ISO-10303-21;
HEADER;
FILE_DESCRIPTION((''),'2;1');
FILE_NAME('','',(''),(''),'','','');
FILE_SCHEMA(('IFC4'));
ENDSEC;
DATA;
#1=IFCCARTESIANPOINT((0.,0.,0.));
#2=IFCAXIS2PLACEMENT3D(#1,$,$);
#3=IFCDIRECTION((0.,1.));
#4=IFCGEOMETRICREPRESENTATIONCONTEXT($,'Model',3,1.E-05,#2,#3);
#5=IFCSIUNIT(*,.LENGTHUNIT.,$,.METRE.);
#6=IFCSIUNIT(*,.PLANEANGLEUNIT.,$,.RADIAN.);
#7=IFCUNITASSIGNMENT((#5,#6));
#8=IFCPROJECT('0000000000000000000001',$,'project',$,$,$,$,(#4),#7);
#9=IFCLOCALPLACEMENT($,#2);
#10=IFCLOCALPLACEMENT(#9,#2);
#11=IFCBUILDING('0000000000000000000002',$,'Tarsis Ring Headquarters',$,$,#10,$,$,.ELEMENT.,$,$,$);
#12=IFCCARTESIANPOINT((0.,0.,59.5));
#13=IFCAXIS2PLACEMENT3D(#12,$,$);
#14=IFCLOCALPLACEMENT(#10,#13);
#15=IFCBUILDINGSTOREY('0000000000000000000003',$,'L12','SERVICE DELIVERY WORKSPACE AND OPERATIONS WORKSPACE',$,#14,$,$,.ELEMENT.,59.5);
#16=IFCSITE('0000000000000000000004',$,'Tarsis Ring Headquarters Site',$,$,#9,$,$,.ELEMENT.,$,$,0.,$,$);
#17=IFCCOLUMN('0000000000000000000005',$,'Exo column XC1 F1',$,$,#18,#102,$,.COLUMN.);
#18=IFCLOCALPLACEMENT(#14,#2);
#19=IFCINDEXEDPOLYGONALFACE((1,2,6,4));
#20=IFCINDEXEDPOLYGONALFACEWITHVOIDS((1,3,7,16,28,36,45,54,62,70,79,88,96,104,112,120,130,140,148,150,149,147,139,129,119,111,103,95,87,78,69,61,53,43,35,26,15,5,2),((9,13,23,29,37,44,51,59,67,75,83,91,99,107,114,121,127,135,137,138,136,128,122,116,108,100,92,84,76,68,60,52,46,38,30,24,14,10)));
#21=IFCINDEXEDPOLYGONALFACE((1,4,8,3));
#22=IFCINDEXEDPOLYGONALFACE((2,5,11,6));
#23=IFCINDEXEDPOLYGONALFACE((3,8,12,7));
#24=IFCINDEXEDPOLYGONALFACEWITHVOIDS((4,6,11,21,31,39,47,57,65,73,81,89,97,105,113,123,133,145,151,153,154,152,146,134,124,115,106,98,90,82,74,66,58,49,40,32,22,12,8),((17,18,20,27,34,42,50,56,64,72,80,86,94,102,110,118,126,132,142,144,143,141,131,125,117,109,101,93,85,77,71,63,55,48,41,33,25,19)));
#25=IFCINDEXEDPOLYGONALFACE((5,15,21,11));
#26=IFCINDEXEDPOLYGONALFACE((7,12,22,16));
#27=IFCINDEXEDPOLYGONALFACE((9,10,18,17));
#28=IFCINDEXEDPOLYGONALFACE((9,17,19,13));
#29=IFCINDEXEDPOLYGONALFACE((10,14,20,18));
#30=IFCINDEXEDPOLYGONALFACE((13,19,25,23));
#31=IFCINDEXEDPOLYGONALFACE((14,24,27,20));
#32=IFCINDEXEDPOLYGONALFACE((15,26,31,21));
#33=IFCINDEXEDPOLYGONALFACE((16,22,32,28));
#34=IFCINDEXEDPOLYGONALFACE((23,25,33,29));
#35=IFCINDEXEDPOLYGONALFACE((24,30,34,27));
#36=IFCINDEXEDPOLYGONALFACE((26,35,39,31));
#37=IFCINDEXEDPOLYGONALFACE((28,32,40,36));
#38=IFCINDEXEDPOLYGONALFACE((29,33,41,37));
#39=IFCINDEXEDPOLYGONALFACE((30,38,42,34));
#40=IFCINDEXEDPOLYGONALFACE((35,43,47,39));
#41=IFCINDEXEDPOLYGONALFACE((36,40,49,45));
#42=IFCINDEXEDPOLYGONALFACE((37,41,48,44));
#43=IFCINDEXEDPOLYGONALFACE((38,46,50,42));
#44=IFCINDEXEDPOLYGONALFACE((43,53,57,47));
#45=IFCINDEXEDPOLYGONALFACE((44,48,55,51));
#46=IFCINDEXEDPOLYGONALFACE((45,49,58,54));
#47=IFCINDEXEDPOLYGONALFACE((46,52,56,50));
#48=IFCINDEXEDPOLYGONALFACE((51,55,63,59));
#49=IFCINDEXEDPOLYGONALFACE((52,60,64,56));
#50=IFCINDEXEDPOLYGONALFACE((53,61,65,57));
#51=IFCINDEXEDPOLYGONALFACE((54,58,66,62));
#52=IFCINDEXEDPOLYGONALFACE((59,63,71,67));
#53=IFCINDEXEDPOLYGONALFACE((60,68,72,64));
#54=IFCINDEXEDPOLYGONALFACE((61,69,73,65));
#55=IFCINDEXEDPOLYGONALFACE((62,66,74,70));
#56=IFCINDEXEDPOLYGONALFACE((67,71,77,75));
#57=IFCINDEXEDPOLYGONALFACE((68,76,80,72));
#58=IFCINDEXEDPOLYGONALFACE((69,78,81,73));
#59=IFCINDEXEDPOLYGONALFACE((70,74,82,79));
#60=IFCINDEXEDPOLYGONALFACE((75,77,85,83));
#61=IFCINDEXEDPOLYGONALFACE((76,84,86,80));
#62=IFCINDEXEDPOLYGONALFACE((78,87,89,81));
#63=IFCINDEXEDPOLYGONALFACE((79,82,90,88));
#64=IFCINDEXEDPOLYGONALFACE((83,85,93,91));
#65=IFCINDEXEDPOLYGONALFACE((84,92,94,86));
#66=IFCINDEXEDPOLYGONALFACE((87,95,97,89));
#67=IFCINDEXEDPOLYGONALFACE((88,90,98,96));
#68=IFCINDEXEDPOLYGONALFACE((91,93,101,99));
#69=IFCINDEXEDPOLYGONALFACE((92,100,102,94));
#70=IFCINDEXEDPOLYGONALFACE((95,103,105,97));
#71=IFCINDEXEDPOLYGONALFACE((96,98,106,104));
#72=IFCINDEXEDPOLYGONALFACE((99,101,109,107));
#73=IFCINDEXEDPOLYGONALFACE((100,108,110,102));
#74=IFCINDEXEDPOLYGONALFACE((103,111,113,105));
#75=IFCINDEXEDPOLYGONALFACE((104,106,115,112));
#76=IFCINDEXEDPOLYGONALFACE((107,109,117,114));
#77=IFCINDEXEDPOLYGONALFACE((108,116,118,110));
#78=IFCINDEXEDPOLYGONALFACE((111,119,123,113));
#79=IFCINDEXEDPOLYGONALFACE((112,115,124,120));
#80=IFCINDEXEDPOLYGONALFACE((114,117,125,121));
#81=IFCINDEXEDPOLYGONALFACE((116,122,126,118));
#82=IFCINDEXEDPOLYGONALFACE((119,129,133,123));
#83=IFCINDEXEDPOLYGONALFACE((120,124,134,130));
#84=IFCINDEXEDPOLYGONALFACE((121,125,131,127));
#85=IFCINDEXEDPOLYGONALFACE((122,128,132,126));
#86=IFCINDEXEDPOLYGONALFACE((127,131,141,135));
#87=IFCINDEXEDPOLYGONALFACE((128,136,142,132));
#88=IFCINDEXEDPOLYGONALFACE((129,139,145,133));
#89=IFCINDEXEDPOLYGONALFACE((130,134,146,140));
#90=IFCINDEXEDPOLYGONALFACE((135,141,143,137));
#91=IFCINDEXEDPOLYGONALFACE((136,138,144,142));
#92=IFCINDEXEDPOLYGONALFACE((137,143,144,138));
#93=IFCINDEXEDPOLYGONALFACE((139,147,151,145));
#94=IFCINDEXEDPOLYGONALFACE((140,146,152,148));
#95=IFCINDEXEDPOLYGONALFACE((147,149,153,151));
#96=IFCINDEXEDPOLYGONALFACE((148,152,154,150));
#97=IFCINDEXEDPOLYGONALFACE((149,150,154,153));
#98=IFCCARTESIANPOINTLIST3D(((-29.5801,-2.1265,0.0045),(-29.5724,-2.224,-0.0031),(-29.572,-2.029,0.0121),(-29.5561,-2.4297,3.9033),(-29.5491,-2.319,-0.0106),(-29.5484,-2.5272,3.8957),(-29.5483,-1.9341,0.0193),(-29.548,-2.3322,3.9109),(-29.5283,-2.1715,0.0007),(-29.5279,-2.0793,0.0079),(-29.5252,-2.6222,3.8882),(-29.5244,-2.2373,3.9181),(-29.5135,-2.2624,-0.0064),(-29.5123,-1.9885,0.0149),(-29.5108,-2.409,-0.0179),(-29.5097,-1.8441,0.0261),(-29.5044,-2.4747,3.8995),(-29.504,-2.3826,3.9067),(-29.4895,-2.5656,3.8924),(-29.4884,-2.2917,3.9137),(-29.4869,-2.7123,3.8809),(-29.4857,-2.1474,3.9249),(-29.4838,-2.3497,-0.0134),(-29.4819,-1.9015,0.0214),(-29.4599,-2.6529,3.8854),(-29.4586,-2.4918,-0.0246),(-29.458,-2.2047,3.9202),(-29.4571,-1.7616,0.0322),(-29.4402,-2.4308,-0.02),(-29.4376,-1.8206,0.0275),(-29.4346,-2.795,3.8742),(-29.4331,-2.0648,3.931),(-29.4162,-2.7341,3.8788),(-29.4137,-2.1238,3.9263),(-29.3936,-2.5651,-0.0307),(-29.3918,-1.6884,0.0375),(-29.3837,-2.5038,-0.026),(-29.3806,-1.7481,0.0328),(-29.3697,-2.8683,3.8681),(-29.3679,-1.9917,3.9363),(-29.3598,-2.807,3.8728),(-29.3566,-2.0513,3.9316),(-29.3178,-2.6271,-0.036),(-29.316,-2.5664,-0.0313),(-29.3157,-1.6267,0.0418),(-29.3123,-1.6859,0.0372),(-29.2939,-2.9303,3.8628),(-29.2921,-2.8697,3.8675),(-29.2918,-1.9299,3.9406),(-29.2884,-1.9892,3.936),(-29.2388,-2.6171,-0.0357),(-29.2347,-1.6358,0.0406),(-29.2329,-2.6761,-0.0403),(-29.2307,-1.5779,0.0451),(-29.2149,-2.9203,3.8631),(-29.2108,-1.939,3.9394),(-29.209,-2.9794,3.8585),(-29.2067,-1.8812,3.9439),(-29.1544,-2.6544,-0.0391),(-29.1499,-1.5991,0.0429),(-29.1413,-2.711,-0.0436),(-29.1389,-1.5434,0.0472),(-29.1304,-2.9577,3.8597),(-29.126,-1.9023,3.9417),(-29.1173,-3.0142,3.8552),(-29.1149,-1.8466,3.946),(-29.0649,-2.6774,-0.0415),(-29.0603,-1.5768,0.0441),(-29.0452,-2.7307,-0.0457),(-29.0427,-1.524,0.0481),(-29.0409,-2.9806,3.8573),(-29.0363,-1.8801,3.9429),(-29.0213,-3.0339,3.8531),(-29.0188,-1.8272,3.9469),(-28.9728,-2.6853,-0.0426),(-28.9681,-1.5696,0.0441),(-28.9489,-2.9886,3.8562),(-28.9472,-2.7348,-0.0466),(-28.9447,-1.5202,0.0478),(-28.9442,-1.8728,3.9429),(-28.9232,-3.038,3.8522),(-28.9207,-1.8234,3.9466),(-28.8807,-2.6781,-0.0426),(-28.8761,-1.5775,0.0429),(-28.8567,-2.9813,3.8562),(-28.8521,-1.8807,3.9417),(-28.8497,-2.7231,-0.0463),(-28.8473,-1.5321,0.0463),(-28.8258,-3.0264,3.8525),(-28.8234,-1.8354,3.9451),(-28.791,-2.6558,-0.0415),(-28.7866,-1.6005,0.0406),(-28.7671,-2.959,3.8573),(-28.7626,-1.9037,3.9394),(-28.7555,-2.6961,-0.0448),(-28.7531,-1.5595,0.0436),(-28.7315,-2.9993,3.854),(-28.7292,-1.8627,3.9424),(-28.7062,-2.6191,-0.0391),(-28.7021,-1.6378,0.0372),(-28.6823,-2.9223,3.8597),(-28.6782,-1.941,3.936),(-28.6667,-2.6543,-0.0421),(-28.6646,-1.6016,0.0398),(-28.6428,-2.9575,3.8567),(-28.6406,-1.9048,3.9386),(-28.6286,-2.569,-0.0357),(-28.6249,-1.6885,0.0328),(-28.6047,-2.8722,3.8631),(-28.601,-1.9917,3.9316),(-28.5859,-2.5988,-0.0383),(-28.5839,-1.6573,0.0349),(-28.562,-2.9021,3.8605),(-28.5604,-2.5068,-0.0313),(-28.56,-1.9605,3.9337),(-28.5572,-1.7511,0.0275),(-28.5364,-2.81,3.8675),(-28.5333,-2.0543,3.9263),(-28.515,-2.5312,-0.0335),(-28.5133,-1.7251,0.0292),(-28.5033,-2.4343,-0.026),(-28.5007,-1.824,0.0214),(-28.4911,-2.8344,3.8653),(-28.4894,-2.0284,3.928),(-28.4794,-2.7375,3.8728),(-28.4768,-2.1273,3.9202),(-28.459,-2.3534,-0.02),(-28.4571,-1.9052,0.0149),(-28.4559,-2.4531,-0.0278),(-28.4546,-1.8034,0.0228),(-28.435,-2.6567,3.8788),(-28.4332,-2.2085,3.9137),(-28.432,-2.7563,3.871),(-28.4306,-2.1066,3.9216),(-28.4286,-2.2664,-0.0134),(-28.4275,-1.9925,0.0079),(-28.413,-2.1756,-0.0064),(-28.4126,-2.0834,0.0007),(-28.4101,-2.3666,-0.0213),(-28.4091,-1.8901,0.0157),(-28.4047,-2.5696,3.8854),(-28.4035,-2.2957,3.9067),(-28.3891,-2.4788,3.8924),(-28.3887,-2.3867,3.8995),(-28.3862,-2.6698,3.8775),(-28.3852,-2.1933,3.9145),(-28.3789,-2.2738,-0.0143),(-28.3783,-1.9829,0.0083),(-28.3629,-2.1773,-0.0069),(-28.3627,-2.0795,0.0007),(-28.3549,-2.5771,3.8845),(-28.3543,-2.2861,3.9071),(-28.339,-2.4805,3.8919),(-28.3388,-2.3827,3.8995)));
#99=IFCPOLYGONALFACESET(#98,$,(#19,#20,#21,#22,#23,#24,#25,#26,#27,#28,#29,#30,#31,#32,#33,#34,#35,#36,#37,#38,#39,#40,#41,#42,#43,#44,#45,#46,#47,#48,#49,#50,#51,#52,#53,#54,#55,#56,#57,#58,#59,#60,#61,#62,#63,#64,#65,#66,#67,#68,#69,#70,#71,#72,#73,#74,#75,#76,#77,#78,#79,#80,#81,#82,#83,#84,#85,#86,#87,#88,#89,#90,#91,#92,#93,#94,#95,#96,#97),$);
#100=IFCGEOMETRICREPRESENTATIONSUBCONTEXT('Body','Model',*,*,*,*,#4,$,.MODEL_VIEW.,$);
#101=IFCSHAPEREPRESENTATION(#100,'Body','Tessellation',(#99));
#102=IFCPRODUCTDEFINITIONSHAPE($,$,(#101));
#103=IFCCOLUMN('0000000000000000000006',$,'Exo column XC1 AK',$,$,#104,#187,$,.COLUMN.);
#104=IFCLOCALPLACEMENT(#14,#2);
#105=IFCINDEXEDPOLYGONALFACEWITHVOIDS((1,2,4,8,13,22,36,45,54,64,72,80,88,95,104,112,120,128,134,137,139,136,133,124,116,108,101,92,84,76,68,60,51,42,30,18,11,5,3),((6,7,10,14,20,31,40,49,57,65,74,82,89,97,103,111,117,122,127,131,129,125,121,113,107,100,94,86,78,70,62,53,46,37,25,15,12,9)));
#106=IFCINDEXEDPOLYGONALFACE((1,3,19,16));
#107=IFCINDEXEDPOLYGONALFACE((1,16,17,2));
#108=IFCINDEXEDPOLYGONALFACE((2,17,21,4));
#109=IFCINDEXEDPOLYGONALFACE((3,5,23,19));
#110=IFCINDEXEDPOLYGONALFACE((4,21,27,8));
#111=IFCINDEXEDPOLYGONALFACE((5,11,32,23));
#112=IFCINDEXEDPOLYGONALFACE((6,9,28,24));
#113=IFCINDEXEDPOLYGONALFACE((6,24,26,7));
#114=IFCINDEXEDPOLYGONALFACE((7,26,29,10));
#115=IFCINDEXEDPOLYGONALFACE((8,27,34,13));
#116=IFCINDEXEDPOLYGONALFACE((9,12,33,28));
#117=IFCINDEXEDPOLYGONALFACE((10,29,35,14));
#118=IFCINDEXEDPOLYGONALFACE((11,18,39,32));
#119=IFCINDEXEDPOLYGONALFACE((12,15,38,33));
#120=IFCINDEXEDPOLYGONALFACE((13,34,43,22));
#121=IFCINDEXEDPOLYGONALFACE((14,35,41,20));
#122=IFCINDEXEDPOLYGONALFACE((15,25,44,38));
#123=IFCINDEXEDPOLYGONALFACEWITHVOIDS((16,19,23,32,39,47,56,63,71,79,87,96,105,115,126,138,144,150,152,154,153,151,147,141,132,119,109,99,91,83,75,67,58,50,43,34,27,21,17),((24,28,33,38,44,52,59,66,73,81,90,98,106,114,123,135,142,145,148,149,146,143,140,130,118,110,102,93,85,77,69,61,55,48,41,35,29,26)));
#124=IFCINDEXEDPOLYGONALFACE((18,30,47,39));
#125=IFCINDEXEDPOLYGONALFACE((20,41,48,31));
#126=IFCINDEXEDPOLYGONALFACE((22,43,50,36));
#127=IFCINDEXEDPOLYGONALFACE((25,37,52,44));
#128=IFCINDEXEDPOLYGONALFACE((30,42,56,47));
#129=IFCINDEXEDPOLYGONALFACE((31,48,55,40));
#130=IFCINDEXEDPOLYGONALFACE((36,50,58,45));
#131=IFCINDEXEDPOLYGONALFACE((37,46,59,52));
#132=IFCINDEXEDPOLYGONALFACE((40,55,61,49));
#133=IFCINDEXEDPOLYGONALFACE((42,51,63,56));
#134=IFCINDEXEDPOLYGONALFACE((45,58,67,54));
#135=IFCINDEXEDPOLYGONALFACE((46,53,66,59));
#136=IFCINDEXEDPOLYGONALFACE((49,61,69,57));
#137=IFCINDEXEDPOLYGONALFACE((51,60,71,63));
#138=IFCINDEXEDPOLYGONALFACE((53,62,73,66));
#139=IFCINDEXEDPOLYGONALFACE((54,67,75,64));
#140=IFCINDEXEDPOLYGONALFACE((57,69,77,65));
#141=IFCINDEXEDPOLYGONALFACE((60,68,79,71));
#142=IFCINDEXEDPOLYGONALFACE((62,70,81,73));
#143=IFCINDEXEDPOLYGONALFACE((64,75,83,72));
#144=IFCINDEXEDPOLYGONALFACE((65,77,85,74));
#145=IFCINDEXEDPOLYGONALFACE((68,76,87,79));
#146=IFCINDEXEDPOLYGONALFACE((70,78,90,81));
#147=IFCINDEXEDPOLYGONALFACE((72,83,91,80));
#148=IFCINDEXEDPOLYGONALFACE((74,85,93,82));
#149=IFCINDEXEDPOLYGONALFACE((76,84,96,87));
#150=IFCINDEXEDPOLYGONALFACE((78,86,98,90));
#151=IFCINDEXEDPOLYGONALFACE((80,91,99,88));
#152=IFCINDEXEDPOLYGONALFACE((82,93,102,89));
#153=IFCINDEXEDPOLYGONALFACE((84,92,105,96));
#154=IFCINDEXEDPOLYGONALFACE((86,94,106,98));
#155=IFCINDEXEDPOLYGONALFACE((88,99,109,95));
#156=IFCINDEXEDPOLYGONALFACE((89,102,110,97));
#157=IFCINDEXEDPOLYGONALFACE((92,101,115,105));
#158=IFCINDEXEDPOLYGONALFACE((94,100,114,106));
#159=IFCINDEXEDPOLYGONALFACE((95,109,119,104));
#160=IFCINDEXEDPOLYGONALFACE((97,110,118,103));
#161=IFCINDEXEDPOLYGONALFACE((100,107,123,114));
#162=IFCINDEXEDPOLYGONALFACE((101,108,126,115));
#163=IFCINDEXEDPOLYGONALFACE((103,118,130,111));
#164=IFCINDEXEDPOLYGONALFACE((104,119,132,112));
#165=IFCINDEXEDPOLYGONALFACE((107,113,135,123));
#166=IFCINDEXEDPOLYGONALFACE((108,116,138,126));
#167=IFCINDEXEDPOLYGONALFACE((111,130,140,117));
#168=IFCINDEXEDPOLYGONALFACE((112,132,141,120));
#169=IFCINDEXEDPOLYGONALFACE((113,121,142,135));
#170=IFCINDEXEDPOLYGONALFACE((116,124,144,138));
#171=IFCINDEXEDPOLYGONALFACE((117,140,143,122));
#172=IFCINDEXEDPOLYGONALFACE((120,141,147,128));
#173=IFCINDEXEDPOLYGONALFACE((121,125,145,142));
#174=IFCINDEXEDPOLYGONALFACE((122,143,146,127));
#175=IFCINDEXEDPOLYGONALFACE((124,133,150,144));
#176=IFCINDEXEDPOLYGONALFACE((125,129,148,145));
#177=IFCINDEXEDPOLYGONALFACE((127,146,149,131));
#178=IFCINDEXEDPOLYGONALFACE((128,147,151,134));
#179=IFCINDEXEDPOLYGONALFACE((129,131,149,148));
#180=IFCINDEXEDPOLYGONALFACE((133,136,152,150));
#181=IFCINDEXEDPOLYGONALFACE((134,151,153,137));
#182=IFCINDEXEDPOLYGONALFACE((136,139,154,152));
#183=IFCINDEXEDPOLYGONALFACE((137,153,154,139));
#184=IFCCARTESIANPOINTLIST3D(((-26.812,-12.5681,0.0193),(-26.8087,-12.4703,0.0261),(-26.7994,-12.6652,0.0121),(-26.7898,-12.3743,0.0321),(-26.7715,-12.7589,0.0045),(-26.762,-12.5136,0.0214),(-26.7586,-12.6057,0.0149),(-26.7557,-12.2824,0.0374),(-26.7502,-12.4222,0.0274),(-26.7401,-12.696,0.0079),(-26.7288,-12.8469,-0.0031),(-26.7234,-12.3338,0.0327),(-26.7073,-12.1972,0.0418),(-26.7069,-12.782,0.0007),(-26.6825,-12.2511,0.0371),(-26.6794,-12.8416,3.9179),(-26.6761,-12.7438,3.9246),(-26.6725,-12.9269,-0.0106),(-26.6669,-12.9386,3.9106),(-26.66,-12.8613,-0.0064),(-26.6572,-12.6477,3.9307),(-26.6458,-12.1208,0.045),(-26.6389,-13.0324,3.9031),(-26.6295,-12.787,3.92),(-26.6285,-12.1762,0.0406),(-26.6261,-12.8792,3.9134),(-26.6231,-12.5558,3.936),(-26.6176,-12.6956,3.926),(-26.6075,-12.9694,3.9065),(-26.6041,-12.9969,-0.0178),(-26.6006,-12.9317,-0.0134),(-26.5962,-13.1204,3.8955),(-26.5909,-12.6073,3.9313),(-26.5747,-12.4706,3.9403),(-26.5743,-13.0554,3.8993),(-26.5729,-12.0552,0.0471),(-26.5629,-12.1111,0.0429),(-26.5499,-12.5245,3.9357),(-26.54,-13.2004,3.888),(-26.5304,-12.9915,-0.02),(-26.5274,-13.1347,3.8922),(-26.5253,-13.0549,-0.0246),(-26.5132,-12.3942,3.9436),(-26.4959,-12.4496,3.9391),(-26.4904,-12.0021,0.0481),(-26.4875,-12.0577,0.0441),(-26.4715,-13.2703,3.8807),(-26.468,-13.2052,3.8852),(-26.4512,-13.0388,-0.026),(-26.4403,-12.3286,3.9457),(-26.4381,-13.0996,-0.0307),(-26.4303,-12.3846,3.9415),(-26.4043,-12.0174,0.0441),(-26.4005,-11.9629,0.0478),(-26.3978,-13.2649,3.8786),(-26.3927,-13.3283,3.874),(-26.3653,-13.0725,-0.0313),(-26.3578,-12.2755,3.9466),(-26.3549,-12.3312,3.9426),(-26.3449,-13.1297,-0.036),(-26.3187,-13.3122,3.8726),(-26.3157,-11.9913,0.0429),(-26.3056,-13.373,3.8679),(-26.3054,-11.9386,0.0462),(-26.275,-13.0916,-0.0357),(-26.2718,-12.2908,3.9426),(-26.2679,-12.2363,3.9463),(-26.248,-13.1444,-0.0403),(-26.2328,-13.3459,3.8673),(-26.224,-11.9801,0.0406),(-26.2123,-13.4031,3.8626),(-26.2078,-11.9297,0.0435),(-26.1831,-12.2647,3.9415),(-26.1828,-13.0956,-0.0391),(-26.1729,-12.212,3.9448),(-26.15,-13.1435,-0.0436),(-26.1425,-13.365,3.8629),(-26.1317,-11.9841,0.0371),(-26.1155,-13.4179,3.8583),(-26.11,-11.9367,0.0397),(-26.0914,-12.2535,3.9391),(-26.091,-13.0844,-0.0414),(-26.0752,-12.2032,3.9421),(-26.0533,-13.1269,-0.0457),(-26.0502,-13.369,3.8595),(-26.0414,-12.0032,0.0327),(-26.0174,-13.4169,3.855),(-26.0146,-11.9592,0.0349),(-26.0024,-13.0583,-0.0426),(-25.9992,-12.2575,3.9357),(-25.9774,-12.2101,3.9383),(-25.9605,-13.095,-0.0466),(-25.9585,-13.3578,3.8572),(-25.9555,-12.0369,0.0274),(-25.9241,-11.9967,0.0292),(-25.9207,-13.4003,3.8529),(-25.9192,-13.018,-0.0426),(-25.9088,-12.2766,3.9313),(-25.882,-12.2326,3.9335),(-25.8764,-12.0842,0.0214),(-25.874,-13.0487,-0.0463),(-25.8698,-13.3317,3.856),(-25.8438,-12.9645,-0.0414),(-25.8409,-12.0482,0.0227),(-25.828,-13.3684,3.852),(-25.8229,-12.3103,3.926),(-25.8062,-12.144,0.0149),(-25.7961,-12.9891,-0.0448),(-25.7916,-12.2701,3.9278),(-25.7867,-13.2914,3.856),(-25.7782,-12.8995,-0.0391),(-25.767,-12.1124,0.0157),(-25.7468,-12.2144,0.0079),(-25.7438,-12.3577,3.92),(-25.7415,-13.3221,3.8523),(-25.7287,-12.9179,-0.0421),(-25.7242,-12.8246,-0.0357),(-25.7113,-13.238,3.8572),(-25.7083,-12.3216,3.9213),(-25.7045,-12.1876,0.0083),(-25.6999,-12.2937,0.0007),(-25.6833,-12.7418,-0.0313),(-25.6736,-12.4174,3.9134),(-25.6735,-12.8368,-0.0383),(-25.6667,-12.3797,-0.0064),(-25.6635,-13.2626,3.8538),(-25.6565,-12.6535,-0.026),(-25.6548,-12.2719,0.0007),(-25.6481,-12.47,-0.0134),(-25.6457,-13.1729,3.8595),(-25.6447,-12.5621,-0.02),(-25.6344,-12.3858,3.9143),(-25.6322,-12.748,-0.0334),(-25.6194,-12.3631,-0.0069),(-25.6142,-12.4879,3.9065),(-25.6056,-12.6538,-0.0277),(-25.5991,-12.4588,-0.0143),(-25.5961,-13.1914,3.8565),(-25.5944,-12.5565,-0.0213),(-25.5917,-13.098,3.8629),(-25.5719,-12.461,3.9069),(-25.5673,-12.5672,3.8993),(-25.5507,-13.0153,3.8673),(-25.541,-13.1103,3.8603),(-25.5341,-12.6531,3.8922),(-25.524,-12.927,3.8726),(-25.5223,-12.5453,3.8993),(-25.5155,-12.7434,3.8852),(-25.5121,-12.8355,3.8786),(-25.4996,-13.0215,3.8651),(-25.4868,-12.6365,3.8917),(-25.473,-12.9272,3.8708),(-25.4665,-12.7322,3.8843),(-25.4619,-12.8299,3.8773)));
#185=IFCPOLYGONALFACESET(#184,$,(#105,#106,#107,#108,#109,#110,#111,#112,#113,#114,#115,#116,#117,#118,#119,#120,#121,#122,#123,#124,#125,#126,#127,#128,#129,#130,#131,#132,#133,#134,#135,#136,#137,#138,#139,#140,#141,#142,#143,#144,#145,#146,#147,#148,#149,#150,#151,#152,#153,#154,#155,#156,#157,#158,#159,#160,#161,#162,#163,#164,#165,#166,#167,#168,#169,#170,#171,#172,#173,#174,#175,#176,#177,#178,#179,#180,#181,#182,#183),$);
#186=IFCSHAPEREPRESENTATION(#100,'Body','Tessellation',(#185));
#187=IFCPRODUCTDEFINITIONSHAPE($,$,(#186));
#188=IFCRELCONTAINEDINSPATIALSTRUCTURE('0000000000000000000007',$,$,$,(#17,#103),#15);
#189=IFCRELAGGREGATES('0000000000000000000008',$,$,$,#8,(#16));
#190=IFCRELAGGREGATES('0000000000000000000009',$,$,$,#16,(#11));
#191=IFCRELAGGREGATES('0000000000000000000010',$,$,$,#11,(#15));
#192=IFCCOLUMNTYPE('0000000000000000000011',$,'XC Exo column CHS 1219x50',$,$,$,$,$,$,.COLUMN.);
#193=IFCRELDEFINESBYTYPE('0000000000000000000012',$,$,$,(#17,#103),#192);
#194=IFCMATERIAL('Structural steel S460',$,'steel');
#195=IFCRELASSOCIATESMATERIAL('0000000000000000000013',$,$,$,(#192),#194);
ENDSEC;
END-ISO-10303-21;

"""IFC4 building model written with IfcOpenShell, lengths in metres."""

from ifc_helpers import new_model, si_unit, direction, frame, origin, origin_2d, place, context, subcontext, project, spatial, hollow_circle, extrude, material, material_profile, profile_set, type_object, element, save


model = new_model("IFC4")

# Units and contexts
model_context = context("Model", 3, precision=1e-05, world=origin(), true_north=direction((0.0, 1.0)))
body_context = subcontext(model_context, "Body", "Model", "MODEL_VIEW")
ifc_project = project(units=[si_unit("LENGTHUNIT", "METRE"), si_unit("PLANEANGLEUNIT", "RADIAN")], contexts=[model_context])

# Site, building, storey
site_placement = place(None, origin())
site = spatial("IfcSite", under=ifc_project, at=site_placement, Name="Tarsis Ring Headquarters Site", CompositionType="ELEMENT", RefElevation=0.0)
building_placement = place(site_placement, origin())
building = spatial("IfcBuilding", under=site, at=building_placement, Name="Tarsis Ring Headquarters", CompositionType="ELEMENT")
storey_placement = place(building_placement, frame((0.0, 0.0, 59.5)))
storey = spatial("IfcBuildingStorey", under=building, at=storey_placement, Name="L12", Description="SERVICE DELIVERY WORKSPACE AND OPERATIONS WORKSPACE", CompositionType="ELEMENT", Elevation=59.5)

# Columns
ifc_material_1 = material(Name="Structural steel S460", Category="steel")
ifc_material_profile_1 = material_profile(ifc_material_1, hollow_circle(Radius=0.6096, WallThickness=0.05, at=origin_2d()), Name="CHS 1219x50")
ifc_profile_set_1 = profile_set([ifc_material_profile_1], Name="Structural steel S460")
column_type = type_object("IfcColumnType", Name="XC Exo column CHS 1219x50", PredefinedType="COLUMN", material=ifc_profile_set_1)
column_1_placement = place(storey_placement, frame((-28.9705, -2.1274, 0.0007), z_axis=(0.006118, -0.07754, 0.99697), x_axis=(0.996901, 0.078661, 0.0)))
element("IfcColumn", 1, at=column_1_placement, inside=storey, type_object=column_type, Name="Exo column XC1 F1", PredefinedType="COLUMN", context=body_context, shape_type="SweptSolid", body=[
    extrude(hollow_circle(Radius=0.6096, WallThickness=0.05, at=origin_2d()), origin(), (0.0, 0.0, 1.0), 3.9106),
])
column_2_placement = place(storey_placement, frame((-26.2034, -12.5378, 0.0007), z_axis=(0.033901, -0.069924, 0.996976), x_axis=(0.899824, 0.436254, 0.0)))
element("IfcColumn", 2, at=column_2_placement, inside=storey, type_object=column_type, Name="Exo column XC1 AK", PredefinedType="COLUMN", context=body_context, shape_type="SweptSolid", body=[
    extrude(hollow_circle(Radius=0.6096, WallThickness=0.05, at=origin_2d()), origin(), (0.0, 0.0, 1.0), 3.9104),
])

save(model, "model.ifc")
